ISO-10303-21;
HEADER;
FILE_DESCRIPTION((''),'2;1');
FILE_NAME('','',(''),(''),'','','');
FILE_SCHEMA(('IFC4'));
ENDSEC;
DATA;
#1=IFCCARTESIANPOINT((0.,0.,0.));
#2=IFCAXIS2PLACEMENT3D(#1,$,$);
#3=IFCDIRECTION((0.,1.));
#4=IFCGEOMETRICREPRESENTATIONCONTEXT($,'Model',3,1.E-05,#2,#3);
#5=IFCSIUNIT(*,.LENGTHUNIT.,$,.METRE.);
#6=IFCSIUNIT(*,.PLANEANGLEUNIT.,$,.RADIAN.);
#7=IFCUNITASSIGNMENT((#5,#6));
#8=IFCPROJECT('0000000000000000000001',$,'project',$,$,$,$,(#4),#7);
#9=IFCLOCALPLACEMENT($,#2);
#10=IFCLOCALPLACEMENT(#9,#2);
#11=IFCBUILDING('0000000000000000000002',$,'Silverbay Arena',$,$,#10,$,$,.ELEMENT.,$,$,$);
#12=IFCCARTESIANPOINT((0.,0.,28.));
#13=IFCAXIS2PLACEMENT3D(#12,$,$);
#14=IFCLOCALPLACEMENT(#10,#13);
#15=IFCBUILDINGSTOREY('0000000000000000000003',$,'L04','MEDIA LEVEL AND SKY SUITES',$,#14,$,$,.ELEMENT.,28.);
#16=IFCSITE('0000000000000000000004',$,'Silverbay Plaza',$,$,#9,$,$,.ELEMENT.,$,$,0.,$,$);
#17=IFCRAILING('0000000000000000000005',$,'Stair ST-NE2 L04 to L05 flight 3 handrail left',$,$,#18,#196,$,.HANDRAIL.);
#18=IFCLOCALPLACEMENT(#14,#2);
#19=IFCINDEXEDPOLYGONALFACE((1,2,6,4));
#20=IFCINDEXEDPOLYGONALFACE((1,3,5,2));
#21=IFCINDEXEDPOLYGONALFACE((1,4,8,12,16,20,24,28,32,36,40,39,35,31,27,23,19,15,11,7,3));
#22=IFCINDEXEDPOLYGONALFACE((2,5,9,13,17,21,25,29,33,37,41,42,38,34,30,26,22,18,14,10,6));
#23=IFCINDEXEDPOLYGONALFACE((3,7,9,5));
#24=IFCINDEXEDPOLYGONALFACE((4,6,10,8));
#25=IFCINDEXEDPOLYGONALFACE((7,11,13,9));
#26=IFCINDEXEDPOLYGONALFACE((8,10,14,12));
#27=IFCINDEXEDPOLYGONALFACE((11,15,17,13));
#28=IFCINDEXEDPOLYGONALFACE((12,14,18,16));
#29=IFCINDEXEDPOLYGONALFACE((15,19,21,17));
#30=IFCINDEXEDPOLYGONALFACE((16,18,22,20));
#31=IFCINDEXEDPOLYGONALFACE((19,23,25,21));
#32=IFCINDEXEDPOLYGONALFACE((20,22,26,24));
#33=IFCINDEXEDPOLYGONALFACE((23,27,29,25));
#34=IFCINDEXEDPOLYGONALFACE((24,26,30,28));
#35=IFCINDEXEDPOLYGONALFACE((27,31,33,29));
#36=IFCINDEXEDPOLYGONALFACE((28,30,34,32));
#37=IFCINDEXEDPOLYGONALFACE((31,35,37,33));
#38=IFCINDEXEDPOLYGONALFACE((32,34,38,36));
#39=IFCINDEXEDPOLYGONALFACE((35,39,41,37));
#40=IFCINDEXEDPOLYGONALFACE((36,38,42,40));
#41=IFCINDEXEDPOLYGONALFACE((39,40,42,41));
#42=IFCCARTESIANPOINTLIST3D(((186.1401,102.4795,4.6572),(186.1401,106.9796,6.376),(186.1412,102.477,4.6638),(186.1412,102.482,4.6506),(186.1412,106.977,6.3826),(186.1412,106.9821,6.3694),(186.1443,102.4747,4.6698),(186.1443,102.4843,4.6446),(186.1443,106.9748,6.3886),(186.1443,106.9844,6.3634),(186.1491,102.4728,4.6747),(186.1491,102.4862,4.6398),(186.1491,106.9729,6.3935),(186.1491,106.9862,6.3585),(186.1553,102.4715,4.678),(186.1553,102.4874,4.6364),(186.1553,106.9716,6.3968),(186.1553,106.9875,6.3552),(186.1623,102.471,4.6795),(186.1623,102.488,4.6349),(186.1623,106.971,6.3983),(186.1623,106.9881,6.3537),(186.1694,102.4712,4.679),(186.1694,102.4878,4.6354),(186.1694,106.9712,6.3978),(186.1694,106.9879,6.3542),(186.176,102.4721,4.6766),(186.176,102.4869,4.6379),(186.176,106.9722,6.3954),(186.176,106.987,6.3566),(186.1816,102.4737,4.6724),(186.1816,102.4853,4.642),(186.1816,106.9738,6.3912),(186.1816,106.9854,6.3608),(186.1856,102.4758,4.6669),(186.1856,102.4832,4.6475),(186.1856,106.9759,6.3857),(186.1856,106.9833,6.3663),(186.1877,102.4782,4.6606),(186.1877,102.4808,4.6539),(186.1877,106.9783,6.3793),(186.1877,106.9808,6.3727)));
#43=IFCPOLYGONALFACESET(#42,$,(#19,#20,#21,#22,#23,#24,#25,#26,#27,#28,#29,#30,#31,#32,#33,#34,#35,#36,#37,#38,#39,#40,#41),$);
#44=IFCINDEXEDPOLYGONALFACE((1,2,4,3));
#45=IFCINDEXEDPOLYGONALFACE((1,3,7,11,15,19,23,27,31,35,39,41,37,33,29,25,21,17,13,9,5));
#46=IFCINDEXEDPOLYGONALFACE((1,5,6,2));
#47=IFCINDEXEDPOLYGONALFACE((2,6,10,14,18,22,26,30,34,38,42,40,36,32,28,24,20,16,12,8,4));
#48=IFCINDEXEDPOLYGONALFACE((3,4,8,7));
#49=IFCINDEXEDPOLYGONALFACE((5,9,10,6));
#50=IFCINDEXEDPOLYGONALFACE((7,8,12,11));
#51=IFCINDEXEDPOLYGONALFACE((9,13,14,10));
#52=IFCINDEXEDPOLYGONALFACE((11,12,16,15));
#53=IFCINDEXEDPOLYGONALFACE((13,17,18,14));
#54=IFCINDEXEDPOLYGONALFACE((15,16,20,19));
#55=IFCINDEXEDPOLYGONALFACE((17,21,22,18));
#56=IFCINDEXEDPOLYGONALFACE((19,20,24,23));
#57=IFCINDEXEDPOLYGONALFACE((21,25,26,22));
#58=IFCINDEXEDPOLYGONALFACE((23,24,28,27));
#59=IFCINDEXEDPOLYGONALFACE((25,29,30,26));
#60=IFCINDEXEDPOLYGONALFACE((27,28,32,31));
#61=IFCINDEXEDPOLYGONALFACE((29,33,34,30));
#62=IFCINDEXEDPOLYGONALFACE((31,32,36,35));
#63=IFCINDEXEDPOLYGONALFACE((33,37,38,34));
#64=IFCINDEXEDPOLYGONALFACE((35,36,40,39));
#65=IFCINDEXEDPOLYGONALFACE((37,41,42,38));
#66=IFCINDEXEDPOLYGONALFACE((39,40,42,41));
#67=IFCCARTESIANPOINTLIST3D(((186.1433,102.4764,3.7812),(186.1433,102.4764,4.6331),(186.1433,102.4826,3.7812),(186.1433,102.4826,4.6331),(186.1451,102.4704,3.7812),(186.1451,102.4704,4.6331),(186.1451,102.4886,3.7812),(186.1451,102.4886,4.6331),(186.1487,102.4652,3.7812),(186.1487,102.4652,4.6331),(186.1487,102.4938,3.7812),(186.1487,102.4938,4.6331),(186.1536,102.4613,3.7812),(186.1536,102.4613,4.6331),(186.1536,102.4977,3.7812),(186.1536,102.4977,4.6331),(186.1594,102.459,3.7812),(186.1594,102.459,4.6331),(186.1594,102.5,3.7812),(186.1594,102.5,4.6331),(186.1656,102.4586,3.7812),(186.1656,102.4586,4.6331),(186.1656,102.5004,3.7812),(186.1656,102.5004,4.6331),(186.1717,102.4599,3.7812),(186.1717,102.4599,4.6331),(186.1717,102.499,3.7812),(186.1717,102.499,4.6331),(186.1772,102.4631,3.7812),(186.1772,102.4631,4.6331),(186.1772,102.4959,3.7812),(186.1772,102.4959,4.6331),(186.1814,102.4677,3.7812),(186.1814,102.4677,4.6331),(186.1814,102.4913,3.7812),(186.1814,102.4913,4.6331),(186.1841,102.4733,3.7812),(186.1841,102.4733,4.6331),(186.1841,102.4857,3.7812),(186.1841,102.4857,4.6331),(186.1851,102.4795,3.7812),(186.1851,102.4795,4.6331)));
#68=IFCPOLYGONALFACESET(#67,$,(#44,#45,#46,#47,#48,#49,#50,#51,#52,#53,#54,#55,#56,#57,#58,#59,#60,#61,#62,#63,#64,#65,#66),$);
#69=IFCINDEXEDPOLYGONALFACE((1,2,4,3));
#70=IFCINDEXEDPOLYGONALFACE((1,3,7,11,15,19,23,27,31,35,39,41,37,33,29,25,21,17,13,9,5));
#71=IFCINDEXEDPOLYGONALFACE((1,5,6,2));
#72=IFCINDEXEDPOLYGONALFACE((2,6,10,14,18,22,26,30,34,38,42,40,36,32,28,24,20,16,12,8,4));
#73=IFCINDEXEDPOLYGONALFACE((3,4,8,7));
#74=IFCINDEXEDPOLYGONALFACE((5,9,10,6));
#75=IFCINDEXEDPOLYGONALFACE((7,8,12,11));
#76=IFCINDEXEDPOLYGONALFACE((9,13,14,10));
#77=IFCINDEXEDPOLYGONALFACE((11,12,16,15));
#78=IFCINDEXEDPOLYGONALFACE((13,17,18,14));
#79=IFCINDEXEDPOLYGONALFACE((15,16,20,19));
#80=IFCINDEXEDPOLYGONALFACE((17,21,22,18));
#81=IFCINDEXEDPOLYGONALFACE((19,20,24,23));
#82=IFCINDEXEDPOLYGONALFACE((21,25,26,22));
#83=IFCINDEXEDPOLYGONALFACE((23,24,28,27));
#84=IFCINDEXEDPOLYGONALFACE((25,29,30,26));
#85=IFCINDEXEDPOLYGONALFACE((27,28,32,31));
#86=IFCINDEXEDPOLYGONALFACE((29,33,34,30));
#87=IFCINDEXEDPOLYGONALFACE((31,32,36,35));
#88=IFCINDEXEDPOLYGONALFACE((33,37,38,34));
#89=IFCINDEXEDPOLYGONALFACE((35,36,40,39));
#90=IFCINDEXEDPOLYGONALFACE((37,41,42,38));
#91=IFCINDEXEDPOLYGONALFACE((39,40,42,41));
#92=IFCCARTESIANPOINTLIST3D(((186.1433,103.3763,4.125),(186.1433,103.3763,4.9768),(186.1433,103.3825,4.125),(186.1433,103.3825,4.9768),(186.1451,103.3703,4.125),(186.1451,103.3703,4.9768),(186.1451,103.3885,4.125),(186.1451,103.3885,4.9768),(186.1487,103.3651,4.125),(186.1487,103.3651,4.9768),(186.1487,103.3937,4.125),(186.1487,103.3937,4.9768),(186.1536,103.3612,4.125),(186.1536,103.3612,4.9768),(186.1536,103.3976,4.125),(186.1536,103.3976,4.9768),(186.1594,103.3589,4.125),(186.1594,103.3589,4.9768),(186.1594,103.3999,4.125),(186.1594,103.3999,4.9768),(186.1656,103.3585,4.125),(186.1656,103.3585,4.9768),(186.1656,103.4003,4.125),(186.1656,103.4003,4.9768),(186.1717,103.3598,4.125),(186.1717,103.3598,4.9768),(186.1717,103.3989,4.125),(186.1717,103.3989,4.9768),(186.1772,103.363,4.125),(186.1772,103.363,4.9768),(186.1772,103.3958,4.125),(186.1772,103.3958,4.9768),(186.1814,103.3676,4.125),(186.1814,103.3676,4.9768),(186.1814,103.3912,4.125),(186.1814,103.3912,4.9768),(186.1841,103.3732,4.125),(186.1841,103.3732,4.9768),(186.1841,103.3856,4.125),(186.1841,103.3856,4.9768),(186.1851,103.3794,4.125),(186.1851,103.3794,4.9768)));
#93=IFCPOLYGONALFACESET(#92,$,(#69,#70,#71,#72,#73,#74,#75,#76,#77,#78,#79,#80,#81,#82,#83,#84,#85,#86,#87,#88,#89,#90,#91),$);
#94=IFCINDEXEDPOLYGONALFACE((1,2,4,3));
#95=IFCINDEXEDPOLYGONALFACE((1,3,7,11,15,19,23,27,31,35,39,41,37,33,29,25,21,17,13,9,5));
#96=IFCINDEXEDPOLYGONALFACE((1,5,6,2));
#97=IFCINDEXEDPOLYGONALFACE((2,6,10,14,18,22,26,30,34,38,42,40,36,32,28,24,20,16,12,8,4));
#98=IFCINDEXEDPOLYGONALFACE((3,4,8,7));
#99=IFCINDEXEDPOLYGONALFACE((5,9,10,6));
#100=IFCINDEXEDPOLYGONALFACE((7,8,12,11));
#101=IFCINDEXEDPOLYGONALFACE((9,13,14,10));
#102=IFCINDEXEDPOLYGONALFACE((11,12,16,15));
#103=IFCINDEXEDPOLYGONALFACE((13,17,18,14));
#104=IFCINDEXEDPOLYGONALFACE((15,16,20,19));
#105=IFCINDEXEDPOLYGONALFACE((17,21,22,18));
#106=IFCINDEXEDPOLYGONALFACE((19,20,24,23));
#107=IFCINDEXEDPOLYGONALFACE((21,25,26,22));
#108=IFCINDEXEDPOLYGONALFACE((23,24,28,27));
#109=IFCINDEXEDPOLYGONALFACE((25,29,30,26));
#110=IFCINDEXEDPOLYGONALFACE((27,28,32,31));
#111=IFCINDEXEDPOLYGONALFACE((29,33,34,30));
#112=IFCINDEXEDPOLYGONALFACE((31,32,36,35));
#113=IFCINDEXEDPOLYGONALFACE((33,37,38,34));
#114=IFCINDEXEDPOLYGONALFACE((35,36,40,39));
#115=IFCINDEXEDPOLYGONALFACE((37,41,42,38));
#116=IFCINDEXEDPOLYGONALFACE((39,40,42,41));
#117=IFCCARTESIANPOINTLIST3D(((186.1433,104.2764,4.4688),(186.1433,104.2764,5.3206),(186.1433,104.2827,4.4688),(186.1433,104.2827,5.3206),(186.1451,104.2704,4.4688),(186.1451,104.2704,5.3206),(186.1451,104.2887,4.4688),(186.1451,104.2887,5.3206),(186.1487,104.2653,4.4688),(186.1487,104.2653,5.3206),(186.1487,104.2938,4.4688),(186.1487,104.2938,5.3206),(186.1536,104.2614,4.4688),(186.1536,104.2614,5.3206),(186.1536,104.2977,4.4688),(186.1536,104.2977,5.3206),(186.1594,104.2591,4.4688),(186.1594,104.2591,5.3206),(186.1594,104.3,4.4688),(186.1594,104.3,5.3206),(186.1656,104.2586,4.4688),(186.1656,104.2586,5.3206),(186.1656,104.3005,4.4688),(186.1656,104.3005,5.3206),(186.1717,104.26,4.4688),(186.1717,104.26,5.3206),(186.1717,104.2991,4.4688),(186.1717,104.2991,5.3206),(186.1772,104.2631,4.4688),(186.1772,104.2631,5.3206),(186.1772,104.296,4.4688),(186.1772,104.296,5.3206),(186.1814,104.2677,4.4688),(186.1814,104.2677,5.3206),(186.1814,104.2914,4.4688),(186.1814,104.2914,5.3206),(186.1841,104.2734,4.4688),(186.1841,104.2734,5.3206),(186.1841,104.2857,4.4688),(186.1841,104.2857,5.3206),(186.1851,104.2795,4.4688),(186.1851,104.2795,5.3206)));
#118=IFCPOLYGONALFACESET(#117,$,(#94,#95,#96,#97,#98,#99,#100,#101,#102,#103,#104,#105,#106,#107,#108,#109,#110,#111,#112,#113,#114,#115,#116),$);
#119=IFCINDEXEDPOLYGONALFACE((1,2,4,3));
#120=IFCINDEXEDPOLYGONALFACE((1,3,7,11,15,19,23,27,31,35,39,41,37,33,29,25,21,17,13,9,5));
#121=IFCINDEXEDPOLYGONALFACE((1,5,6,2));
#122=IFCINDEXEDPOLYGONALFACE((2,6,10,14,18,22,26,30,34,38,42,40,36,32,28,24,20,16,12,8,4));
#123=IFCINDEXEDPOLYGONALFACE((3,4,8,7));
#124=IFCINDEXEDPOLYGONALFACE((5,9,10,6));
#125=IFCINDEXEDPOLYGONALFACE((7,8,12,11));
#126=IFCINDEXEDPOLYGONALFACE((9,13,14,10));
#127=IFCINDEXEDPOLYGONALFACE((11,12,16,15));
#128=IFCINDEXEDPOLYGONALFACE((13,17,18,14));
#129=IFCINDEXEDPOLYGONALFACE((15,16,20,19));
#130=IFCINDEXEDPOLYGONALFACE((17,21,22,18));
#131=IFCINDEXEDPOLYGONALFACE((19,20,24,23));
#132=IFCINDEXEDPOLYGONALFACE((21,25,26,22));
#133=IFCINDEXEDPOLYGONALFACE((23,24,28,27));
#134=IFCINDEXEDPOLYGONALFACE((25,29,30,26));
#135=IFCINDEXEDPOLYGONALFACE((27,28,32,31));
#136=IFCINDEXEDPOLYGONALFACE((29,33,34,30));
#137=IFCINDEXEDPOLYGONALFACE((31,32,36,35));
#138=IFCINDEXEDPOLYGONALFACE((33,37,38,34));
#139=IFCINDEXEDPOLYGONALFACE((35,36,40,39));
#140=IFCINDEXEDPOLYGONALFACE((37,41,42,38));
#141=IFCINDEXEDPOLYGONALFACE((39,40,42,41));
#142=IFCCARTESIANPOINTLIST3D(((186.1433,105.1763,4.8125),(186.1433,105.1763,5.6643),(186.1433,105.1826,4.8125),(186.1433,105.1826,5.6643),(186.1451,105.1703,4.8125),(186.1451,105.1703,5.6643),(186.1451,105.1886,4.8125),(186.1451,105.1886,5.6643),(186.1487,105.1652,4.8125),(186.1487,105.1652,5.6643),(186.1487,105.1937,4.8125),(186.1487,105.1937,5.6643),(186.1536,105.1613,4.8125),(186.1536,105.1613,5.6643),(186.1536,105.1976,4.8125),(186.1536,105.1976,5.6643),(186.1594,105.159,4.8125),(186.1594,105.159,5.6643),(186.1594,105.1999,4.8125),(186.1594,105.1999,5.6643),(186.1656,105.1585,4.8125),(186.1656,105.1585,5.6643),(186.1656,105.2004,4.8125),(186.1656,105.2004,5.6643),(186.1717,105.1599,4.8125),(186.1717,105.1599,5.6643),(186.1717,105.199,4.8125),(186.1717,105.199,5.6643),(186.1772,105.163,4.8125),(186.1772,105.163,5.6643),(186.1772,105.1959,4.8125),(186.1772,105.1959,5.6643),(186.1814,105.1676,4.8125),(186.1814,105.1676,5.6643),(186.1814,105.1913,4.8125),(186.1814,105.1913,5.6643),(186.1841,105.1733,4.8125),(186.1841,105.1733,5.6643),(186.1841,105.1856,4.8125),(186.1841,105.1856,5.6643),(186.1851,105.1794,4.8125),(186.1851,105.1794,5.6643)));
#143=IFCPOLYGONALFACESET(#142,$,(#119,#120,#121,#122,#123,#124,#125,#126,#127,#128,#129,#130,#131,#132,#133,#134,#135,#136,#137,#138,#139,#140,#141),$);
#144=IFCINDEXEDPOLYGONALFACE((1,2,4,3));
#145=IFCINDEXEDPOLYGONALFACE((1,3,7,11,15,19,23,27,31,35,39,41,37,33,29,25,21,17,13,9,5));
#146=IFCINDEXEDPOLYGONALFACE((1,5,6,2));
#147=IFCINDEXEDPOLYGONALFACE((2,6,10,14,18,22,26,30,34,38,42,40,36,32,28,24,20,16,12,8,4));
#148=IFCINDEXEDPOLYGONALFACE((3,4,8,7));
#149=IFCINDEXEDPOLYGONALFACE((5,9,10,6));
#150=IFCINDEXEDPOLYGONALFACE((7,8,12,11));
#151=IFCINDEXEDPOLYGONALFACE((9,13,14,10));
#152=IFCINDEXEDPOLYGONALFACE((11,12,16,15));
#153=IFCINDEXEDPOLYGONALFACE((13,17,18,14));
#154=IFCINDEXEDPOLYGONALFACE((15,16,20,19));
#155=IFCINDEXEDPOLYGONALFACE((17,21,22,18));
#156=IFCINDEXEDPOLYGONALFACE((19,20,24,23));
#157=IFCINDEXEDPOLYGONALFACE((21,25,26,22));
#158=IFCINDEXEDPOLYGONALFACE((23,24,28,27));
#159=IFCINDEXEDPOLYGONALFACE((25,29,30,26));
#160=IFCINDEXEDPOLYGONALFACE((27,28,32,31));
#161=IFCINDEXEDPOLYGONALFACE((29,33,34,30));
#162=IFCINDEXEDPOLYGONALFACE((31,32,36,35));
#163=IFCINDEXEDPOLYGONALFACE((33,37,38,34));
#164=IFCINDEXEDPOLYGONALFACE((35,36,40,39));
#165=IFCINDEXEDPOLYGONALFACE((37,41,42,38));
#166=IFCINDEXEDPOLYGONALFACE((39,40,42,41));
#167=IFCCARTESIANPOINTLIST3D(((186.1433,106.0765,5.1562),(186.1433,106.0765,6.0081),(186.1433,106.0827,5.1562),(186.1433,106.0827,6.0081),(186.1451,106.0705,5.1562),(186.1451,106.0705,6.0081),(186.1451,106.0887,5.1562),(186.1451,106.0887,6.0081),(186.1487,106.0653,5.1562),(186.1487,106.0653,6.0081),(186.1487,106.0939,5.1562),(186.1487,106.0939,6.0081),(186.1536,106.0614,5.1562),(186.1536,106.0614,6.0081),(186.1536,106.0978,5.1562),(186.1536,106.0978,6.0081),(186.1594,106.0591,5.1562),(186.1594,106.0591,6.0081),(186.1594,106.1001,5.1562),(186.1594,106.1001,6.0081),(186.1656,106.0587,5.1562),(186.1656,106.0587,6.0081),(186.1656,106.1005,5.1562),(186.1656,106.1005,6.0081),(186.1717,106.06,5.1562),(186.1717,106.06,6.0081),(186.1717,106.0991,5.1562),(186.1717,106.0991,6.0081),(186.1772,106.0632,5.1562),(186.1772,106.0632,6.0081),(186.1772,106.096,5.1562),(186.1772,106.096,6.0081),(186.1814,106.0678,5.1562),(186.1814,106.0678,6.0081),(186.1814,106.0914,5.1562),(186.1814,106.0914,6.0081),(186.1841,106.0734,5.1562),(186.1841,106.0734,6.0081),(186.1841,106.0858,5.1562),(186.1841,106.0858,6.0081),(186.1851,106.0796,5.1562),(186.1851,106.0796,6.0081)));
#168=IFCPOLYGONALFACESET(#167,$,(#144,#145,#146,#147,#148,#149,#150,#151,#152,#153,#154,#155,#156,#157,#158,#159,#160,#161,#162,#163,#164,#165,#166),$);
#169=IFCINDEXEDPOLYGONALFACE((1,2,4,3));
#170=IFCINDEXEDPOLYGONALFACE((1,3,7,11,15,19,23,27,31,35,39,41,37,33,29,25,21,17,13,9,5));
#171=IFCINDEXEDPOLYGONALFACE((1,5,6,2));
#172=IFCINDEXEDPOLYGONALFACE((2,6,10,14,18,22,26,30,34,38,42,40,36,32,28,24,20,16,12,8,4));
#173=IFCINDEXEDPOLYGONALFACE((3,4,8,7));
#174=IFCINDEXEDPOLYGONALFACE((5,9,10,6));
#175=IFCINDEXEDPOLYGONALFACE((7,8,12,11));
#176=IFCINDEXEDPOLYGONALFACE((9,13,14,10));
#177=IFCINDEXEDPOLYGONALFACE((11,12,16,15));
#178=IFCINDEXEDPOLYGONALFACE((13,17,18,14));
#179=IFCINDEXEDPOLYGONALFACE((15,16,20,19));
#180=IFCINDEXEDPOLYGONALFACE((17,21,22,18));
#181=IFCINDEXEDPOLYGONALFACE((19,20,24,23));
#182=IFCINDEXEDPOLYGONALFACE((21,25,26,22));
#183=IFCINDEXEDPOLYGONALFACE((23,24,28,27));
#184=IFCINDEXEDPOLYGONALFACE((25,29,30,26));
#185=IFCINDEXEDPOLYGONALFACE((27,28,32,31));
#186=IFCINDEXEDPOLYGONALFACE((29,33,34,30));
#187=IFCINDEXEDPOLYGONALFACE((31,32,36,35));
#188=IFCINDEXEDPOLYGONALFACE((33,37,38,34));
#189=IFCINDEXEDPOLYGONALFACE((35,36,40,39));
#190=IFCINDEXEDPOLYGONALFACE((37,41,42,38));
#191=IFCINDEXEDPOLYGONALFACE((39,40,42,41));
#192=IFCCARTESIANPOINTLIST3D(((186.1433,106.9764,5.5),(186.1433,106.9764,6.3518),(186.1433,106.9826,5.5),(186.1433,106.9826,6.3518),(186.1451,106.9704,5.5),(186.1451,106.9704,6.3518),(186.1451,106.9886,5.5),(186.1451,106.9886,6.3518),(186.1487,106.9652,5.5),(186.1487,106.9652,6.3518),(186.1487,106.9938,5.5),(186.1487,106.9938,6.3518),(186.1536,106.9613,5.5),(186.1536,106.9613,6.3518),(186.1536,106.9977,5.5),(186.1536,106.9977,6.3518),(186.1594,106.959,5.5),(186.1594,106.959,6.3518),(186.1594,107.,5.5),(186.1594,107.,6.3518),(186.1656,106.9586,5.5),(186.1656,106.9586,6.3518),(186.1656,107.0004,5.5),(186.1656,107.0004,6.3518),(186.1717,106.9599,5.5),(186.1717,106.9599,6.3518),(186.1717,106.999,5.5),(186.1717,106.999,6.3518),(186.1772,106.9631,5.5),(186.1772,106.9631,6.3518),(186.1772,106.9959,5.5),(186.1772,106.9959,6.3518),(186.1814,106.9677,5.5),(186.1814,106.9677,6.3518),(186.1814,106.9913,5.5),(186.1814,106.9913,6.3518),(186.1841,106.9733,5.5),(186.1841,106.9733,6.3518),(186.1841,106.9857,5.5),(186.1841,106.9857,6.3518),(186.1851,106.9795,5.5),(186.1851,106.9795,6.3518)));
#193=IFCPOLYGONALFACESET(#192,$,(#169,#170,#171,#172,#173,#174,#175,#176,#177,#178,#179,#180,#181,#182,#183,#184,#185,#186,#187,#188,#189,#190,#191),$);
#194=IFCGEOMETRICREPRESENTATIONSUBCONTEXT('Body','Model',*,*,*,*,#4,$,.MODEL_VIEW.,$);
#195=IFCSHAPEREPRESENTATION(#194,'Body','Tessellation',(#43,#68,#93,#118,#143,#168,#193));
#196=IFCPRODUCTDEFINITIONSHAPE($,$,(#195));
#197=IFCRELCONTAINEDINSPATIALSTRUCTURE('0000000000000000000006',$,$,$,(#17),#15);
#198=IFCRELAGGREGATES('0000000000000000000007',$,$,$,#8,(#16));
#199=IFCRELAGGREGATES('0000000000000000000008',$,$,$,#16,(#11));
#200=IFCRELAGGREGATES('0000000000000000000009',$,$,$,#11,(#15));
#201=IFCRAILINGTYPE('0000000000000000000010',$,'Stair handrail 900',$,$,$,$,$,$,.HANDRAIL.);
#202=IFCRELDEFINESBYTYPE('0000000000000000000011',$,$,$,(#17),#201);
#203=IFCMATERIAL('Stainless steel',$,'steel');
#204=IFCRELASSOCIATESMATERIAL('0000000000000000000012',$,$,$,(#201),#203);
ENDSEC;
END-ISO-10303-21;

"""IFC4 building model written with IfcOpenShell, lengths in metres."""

from ifc_helpers import new_model, si_unit, direction, frame, origin, origin_2d, place, context, subcontext, project, spatial, circle, extrude, material, type_object, element, save


model = new_model("IFC4")

# Units and contexts
model_context = context("Model", 3, precision=1e-05, world=origin(), true_north=direction((0.0, 1.0)))
body_context = subcontext(model_context, "Body", "Model", "MODEL_VIEW")
ifc_project = project(units=[si_unit("LENGTHUNIT", "METRE"), si_unit("PLANEANGLEUNIT", "RADIAN")], contexts=[model_context])

# Site, building, storey
site_placement = place(None, origin())
site = spatial("IfcSite", under=ifc_project, at=site_placement, Name="Silverbay Plaza", CompositionType="ELEMENT", RefElevation=0.0)
building_placement = place(site_placement, origin())
building = spatial("IfcBuilding", under=site, at=building_placement, Name="Silverbay Arena", CompositionType="ELEMENT")
storey_placement = place(building_placement, frame((0.0, 0.0, 28.0)))
storey = spatial("IfcBuildingStorey", under=building, at=storey_placement, Name="L04", Description="MEDIA LEVEL AND SKY SUITES", CompositionType="ELEMENT", Elevation=28.0)

# Railing
ifc_material_1 = material(Name="Stainless steel", Category="steel")
railing_type_1 = type_object("IfcRailingType", Name="Stair handrail 900", PredefinedType="HANDRAIL", material=ifc_material_1)
railing_1_placement = place(storey_placement, frame((186.1641, 102.4795, 3.7812)))
element("IfcRailing", 1, at=railing_1_placement, inside=storey, type_object=railing_type_1, Name="Stair ST-NE2 L04 to L05 flight 3 handrail left", PredefinedType="HANDRAIL", context=body_context, shape_type="SweptSolid", body=[
    extrude(circle(Radius=0.0239, at=origin_2d()), frame((0.0, 0.0, 0.876), z_axis=(0.0, 0.934179, 0.356805), x_axis=(-1.0, 0.0, 0.0)), (0.0, 0.0, 1.0), 4.8171),
    extrude(circle(Radius=0.021, at=origin_2d()), origin(), (0.0, 0.0, 1.0), 0.8518),
    extrude(circle(Radius=0.021, at=origin_2d()), frame((0.0, 0.8999, 0.3438)), (0.0, 0.0, 1.0), 0.8518),
    extrude(circle(Radius=0.021, at=origin_2d()), frame((0.0, 1.8, 0.6875)), (0.0, 0.0, 1.0), 0.8518),
    extrude(circle(Radius=0.021, at=origin_2d()), frame((0.0, 2.7, 1.0312)), (0.0, 0.0, 1.0), 0.8518),
    extrude(circle(Radius=0.021, at=origin_2d()), frame((0.0, 3.6001, 1.375)), (0.0, 0.0, 1.0), 0.8518),
    extrude(circle(Radius=0.021, at=origin_2d()), frame((0.0, 4.5, 1.7188)), (0.0, 0.0, 1.0), 0.8518),
])

save(model, "model.ifc")
